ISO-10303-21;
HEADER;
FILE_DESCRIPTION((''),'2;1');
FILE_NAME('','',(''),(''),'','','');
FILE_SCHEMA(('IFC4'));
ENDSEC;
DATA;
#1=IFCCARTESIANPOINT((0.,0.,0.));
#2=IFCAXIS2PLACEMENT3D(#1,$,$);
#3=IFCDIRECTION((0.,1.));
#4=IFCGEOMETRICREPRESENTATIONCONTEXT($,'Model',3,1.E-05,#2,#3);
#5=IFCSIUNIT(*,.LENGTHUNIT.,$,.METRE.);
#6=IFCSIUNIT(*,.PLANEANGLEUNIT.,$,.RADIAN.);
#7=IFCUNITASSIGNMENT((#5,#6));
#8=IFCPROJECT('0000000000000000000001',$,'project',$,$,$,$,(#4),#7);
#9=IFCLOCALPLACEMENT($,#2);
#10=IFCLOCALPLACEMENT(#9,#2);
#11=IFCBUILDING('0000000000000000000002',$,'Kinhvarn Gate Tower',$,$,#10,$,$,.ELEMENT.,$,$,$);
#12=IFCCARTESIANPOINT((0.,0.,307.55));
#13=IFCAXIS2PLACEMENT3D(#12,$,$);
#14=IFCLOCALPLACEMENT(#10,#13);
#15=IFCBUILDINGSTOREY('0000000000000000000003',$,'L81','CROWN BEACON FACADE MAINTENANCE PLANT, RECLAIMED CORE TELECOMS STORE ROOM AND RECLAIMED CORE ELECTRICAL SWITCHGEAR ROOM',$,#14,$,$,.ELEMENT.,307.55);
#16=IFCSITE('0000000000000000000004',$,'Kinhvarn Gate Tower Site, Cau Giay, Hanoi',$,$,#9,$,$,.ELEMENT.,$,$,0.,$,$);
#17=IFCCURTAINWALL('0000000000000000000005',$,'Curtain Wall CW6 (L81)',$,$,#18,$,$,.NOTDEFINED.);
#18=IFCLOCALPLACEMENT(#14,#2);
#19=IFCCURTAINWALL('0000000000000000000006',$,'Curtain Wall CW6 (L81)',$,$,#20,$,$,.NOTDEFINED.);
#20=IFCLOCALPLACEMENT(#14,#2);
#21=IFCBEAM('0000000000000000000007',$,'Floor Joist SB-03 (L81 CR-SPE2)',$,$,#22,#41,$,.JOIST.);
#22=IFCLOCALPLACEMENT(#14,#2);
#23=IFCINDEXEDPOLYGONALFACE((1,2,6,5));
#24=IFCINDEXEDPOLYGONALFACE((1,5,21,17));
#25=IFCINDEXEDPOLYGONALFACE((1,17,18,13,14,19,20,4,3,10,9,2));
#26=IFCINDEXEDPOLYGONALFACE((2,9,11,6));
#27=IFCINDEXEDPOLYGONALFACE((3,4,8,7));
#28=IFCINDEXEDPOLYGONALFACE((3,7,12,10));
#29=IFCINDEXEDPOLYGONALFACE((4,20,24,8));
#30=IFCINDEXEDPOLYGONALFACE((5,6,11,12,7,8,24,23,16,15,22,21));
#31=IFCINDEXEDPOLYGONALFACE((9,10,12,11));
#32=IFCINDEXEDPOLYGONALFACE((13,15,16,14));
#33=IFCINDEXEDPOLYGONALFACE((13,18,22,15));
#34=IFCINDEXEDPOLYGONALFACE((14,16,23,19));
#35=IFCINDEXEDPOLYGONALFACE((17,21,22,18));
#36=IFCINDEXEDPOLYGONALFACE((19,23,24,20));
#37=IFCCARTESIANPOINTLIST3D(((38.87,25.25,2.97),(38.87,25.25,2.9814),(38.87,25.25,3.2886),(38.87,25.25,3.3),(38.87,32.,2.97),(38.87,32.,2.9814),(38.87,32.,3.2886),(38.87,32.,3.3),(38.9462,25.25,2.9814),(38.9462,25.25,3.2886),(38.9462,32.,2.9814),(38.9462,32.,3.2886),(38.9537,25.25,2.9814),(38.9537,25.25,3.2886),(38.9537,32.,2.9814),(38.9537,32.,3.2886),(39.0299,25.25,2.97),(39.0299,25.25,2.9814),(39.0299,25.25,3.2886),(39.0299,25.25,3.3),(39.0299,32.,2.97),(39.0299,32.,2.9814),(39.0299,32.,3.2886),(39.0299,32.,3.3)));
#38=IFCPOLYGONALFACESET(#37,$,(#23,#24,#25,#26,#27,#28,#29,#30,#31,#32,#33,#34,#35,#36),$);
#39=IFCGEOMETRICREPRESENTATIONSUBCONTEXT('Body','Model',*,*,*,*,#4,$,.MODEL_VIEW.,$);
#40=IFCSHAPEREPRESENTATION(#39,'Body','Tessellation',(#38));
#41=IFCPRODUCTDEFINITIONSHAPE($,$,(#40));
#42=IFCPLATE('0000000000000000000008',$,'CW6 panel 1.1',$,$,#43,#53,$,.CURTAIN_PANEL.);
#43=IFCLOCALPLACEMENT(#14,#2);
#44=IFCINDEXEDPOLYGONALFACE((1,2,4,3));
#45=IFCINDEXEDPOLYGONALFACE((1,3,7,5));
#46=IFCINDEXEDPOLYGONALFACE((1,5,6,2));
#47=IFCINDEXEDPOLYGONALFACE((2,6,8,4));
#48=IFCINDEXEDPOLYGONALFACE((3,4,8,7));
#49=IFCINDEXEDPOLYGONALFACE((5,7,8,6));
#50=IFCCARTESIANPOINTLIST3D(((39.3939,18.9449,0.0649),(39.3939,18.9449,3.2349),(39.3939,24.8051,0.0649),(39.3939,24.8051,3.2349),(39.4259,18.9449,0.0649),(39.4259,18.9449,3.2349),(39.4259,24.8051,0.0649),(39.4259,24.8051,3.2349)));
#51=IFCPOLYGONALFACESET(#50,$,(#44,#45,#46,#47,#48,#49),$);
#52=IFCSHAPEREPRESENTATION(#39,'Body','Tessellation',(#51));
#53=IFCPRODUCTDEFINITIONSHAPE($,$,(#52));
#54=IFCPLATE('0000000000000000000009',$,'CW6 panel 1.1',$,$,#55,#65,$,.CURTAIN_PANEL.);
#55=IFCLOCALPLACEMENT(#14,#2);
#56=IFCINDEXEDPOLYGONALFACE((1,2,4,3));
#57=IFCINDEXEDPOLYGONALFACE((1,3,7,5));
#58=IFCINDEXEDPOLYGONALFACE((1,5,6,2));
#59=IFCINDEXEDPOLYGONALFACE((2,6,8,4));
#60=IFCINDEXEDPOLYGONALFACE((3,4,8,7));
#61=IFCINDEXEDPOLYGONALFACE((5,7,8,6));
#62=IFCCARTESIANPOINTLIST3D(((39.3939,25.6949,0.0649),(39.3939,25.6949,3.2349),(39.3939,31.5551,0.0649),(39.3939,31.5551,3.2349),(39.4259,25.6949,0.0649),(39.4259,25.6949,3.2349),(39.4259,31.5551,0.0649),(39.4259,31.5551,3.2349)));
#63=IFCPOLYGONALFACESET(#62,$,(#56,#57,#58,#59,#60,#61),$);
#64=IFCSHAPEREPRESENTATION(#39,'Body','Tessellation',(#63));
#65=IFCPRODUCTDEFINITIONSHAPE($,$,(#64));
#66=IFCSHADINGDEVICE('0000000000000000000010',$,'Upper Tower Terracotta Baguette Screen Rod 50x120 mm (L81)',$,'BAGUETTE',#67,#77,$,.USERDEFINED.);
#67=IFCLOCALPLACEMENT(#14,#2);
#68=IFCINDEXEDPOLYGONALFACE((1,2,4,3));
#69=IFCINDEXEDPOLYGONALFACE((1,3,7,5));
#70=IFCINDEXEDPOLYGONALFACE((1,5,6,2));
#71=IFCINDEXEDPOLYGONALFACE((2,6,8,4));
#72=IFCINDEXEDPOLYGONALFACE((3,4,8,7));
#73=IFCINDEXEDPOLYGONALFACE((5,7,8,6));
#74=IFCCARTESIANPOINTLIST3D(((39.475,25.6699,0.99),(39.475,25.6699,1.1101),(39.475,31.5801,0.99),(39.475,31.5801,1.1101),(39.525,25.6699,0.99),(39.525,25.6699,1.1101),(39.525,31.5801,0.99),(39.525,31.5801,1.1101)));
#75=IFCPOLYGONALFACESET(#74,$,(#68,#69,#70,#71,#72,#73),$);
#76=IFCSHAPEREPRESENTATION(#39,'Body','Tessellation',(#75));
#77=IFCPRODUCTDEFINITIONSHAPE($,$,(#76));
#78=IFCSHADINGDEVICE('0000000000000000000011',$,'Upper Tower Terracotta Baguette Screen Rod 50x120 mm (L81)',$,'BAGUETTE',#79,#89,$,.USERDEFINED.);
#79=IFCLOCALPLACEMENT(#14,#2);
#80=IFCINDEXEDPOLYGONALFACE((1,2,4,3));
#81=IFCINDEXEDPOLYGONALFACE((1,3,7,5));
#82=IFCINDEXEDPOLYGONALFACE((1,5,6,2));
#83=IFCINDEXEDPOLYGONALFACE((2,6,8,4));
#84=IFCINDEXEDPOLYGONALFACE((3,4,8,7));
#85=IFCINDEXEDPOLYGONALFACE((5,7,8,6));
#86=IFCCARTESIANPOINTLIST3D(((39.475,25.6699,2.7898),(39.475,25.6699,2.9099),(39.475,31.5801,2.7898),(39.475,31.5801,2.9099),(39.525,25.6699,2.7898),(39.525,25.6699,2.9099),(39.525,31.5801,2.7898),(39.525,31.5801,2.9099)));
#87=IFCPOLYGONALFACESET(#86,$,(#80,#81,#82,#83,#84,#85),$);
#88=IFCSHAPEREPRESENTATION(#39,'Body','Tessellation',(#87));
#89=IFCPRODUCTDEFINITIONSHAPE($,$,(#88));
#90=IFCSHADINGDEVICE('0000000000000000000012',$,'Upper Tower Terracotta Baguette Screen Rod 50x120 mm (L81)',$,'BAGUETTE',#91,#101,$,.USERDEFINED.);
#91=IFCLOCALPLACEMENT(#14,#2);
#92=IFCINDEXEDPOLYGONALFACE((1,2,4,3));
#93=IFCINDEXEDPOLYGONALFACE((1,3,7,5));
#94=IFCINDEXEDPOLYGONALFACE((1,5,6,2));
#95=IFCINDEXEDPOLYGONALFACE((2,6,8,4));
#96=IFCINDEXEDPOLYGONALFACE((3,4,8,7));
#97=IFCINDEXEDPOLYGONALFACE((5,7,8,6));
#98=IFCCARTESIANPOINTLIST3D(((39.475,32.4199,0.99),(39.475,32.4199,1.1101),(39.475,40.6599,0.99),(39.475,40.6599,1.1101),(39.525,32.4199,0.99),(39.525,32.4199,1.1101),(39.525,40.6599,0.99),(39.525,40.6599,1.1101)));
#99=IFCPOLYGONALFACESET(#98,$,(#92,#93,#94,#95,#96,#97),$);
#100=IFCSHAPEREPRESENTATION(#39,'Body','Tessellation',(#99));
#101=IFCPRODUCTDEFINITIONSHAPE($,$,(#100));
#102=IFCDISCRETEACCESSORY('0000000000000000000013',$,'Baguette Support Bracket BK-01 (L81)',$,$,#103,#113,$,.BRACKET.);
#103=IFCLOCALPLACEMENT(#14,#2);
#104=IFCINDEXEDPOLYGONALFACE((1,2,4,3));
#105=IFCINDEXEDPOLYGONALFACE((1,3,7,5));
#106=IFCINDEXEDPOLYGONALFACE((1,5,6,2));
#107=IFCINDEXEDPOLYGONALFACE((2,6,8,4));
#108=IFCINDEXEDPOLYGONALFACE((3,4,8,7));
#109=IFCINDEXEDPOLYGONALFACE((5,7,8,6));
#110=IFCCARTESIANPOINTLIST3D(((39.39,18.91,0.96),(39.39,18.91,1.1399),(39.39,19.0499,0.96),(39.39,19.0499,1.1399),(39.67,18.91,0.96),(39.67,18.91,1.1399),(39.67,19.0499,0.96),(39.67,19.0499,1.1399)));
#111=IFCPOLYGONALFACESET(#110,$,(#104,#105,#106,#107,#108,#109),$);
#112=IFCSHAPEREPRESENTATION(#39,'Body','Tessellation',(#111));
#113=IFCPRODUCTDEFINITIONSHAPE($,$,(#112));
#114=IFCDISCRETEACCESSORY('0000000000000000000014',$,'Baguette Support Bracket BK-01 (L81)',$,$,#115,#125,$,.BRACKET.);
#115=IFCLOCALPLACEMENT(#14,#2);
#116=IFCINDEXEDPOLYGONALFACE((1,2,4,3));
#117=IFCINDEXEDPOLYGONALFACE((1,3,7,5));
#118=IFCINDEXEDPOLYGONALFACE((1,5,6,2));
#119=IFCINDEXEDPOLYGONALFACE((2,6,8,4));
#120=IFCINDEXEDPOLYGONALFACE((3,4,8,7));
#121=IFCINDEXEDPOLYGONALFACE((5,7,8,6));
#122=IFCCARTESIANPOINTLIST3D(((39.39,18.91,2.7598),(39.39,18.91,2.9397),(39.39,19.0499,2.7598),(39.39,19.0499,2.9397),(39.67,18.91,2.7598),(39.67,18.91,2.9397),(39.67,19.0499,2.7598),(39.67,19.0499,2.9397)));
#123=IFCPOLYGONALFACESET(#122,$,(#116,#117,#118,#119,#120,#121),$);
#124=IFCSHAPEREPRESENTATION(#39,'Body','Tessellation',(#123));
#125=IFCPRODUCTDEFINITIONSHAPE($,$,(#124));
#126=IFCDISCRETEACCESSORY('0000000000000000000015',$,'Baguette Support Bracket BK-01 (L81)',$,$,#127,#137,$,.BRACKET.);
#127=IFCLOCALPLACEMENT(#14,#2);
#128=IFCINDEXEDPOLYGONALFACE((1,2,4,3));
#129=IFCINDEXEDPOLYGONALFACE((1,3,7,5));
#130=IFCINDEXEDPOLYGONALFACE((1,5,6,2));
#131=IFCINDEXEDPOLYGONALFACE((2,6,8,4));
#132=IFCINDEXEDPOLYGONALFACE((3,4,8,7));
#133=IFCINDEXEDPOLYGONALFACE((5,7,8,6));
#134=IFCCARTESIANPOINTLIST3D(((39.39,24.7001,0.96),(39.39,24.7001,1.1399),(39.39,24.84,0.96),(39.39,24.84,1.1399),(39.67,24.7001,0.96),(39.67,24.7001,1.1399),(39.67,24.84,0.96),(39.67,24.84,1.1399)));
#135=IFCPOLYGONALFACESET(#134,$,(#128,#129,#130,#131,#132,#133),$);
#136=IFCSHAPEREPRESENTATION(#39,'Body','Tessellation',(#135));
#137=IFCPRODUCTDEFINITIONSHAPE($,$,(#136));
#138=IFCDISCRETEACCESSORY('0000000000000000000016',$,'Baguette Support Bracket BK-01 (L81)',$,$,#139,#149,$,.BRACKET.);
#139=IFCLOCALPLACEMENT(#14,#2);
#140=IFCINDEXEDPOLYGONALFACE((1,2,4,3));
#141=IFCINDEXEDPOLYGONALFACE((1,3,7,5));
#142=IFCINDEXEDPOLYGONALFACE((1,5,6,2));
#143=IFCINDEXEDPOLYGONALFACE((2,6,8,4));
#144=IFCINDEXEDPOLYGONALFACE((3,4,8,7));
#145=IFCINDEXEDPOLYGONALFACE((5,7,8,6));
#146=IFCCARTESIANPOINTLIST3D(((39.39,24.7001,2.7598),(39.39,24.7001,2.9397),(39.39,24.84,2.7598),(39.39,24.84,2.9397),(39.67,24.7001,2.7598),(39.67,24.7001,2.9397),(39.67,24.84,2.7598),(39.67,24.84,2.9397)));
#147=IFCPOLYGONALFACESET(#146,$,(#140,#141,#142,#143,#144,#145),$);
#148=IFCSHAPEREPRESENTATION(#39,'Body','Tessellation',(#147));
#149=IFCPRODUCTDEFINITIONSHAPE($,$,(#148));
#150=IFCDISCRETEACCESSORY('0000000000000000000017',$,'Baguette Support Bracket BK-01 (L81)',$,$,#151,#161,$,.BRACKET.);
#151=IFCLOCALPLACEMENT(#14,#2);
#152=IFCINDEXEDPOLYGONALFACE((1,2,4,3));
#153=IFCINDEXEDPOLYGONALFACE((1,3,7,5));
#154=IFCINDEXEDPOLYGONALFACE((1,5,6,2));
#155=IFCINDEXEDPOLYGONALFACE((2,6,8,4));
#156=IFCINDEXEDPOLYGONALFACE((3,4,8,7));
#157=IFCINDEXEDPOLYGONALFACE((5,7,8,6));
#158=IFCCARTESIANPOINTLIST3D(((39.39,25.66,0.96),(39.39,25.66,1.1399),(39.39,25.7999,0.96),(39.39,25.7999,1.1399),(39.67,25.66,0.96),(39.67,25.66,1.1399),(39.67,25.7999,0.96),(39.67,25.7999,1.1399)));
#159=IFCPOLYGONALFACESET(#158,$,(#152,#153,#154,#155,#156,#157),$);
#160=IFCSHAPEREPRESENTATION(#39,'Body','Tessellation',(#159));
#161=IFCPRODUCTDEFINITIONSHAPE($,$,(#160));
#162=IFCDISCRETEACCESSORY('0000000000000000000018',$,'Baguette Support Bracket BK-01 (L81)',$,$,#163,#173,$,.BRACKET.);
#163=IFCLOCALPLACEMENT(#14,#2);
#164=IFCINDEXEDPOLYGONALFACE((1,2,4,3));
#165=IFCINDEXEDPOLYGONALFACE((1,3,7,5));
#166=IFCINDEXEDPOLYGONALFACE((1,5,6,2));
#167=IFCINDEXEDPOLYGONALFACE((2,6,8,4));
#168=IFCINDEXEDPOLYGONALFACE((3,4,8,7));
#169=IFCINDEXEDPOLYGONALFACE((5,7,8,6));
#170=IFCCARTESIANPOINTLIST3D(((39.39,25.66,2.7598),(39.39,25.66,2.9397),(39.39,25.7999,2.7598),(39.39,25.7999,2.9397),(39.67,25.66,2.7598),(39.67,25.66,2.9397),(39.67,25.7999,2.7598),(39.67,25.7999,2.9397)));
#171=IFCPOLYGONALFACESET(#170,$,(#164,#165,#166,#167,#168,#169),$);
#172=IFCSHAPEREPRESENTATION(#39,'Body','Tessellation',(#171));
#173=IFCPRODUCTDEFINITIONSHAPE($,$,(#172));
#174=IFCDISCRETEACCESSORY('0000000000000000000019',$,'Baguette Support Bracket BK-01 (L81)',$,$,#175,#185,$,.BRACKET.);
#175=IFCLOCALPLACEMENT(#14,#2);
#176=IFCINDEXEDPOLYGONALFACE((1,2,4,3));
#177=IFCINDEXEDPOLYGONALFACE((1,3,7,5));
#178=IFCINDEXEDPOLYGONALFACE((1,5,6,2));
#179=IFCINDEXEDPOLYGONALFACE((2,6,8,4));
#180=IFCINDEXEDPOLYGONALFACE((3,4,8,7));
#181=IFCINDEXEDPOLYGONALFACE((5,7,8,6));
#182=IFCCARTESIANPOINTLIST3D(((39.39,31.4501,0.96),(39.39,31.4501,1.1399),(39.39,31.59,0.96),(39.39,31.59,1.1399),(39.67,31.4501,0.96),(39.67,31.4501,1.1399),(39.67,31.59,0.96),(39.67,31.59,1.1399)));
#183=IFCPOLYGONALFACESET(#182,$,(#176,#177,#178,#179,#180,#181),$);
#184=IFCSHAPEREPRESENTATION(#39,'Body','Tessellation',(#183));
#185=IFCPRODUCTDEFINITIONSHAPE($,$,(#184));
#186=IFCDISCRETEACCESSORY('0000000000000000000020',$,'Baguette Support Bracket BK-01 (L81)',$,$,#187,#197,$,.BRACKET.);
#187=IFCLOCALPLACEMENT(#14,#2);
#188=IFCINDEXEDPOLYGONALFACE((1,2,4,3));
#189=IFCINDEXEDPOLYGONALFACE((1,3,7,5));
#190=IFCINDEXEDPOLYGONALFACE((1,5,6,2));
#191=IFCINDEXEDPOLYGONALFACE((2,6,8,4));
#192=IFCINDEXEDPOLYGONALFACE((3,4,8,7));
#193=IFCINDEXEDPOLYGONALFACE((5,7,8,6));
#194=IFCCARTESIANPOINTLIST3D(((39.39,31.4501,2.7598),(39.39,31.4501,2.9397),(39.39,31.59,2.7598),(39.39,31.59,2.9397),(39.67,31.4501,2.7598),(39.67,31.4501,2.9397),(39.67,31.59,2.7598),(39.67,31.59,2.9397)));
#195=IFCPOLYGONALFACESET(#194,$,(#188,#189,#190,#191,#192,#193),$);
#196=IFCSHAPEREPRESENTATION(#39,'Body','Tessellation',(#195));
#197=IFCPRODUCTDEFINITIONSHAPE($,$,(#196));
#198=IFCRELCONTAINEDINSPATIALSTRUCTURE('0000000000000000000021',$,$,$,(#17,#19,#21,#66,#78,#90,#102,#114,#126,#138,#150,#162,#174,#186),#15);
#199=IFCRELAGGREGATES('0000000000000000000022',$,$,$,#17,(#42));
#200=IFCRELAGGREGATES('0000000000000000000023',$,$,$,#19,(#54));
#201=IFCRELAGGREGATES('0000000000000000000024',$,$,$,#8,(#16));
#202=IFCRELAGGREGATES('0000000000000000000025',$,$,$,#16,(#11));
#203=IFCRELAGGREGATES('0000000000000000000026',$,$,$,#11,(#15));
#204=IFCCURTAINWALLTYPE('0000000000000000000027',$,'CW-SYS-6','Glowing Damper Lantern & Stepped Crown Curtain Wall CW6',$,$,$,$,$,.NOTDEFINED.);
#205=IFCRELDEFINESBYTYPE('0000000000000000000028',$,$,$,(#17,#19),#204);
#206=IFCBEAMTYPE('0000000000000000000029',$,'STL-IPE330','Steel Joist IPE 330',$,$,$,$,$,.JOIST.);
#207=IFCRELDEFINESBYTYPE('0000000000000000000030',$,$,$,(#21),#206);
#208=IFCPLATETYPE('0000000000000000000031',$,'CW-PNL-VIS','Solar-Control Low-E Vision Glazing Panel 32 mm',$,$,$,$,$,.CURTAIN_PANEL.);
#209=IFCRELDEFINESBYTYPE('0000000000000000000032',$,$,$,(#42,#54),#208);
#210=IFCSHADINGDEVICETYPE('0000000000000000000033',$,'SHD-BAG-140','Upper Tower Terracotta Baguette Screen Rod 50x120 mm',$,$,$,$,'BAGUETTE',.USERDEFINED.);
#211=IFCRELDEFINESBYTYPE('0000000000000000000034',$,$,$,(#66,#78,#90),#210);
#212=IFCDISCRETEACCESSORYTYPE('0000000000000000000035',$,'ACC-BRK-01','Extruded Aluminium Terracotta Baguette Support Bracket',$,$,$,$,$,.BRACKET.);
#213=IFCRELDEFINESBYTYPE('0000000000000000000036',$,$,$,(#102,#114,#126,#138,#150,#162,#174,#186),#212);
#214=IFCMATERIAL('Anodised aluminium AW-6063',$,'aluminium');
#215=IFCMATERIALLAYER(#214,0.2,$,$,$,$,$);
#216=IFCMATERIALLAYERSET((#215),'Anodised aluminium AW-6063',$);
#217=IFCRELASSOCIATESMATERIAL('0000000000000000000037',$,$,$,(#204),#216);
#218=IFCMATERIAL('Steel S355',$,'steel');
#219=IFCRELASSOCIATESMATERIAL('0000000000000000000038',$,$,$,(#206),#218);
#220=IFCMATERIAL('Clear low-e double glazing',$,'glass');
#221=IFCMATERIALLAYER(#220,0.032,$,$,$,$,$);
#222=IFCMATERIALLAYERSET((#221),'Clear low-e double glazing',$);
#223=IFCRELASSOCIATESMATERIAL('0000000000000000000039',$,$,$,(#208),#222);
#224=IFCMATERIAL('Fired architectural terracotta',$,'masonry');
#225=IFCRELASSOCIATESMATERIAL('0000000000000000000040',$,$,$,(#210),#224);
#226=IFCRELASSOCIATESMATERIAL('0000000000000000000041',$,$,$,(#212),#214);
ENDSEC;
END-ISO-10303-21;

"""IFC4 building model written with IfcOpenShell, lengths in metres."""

from ifc_helpers import new_model, si_unit, direction, frame, origin, origin_2d, place, context, subcontext, project, spatial, rectangle, i_section, extrude, material, layer, layer_set, material_profile, profile_set, type_object, element, aggregate, save


model = new_model("IFC4")

# Units and contexts
model_context = context("Model", 3, precision=1e-05, world=origin(), true_north=direction((0.0, 1.0)))
body_context = subcontext(model_context, "Body", "Model", "MODEL_VIEW")
ifc_project = project(units=[si_unit("LENGTHUNIT", "METRE"), si_unit("PLANEANGLEUNIT", "RADIAN")], contexts=[model_context])

# Site, building, storey
site_placement = place(None, origin())
site = spatial("IfcSite", under=ifc_project, at=site_placement, Name="Kinhvarn Gate Tower Site, Cau Giay, Hanoi", CompositionType="ELEMENT", RefElevation=0.0)
building_placement = place(site_placement, origin())
building = spatial("IfcBuilding", under=site, at=building_placement, Name="Kinhvarn Gate Tower", CompositionType="ELEMENT")
storey_placement = place(building_placement, frame((0.0, 0.0, 307.55)))
storey = spatial("IfcBuildingStorey", under=building, at=storey_placement, Name="L81", Description="CROWN BEACON FACADE MAINTENANCE PLANT, RECLAIMED CORE TELECOMS STORE ROOM AND RECLAIMED CORE ELECTRICAL SWITCHGEAR ROOM", CompositionType="ELEMENT", Elevation=307.55)

# Curtain wall
ifc_material_1 = material(Name="Anodised aluminium AW-6063", Category="aluminium")
ifc_layer_1 = layer(ifc_material_1, 0.2)
ifc_layer_set_1 = layer_set([ifc_layer_1], Name="Anodised aluminium AW-6063")
curtain_wall_type = type_object("IfcCurtainWallType", Name="CW-SYS-6", Description="Glowing Damper Lantern & Stepped Crown Curtain Wall CW6", PredefinedType="NOTDEFINED", material=ifc_layer_set_1)
curtain_wall_1_placement = place(storey_placement, origin())
curtain_wall_1 = element("IfcCurtainWall", 1, at=curtain_wall_1_placement, inside=storey, type_object=curtain_wall_type, Name="Curtain Wall CW6 (L81)", PredefinedType="NOTDEFINED")

# Curtain wall
curtain_wall_2_placement = place(storey_placement, origin())
curtain_wall_2 = element("IfcCurtainWall", 2, at=curtain_wall_2_placement, inside=storey, type_object=curtain_wall_type, Name="Curtain Wall CW6 (L81)", PredefinedType="NOTDEFINED")

# Shared definitions
ifc_material_2 = material(Name="Steel S355", Category="steel")

# Beam
ifc_material_profile_1 = material_profile(ifc_material_2, i_section(OverallWidth=0.1599, OverallDepth=0.3301, WebThickness=0.0076, FlangeThickness=0.0115, at=origin_2d()), Name="IPE 330")
ifc_profile_set_1 = profile_set([ifc_material_profile_1], Name="Steel S355")
beam_type_1 = type_object("IfcBeamType", Name="STL-IPE330", Description="Steel Joist IPE 330", PredefinedType="JOIST", material=ifc_profile_set_1)
beam_1_placement = place(storey_placement, frame((38.95, 25.25, 3.135), z_axis=(0.0, 1.0, 0.0), x_axis=(-1.0, 0.0, 0.0)))
element("IfcBeam", 3, at=beam_1_placement, inside=storey, type_object=beam_type_1, Name="Floor Joist SB-03 (L81 CR-SPE2)", PredefinedType="JOIST", context=body_context, shape_type="SweptSolid", body=[
    extrude(i_section(OverallWidth=0.1599, OverallDepth=0.3301, WebThickness=0.0076, FlangeThickness=0.0115, at=origin_2d()), origin(), (0.0, 0.0, 1.0), 6.75),
])

# Plates
ifc_material_3 = material(Name="Clear low-e double glazing", Category="glass")
ifc_layer_2 = layer(ifc_material_3, 0.032)
ifc_layer_set_2 = layer_set([ifc_layer_2], Name="Clear low-e double glazing")
plate_type = type_object("IfcPlateType", Name="CW-PNL-VIS", Description="Solar-Control Low-E Vision Glazing Panel 32 mm", PredefinedType="CURTAIN_PANEL", material=ifc_layer_set_2)
plate_1_placement = place(storey_placement, frame((39.4099, 21.875, 0.0649), z_axis=(0.0, 0.0, 1.0), x_axis=(0.0, 1.0, 0.0)))
plate_1 = element("IfcPlate", 4, at=plate_1_placement, type_object=plate_type, Name="CW6 panel 1.1", PredefinedType="CURTAIN_PANEL", context=body_context, shape_type="SweptSolid", body=[
    extrude(rectangle(XDim=5.8601, YDim=0.032, at=origin_2d()), origin(), (0.0, 0.0, 1.0), 3.1699),
])
aggregate(curtain_wall_1, [plate_1])
plate_2_placement = place(storey_placement, frame((39.4099, 28.625, 0.0649), z_axis=(0.0, 0.0, 1.0), x_axis=(0.0, 1.0, 0.0)))
plate_2 = element("IfcPlate", 5, at=plate_2_placement, type_object=plate_type, Name="CW6 panel 1.1", PredefinedType="CURTAIN_PANEL", context=body_context, shape_type="SweptSolid", body=[
    extrude(rectangle(XDim=5.8601, YDim=0.032, at=origin_2d()), origin(), (0.0, 0.0, 1.0), 3.1699),
])
aggregate(curtain_wall_2, [plate_2])

# Shading devices
ifc_material_4 = material(Name="Fired architectural terracotta", Category="masonry")
ifc_material_profile_2 = material_profile(ifc_material_4, rectangle(XDim=0.05, YDim=0.1201, at=origin_2d()), Name="TC 50x120")
ifc_profile_set_2 = profile_set([ifc_material_profile_2], Name="Fired architectural terracotta")
shading_device_type = type_object("IfcShadingDeviceType", Name="SHD-BAG-140", Description="Upper Tower Terracotta Baguette Screen Rod 50x120 mm", ElementType="BAGUETTE", PredefinedType="USERDEFINED", material=ifc_profile_set_2)
for number, where, z_axis, x_axis, name in (
    (6, (39.5, 25.6699, 1.05), (0.0, 1.0, 0.0), (-1.0, 0.0, 0.0), "Upper Tower Terracotta Baguette Screen Rod 50x120 mm (L81)"),
    (7, (39.5, 25.6699, 2.8499), (0.0, 1.0, 0.0), (-1.0, 0.0, 0.0), "Upper Tower Terracotta Baguette Screen Rod 50x120 mm (L81)"),
):
    element("IfcShadingDevice", number, at=place(storey_placement, frame(where, z_axis=z_axis, x_axis=x_axis)), inside=storey, type_object=shading_device_type, Name=name, ObjectType="BAGUETTE", PredefinedType="USERDEFINED", context=body_context, shape_type="SweptSolid", body=[
        extrude(rectangle(XDim=0.05, YDim=0.1201, at=origin_2d()), origin(), (0.0, 0.0, 1.0), 5.9102),
    ])
shading_device_placement = place(storey_placement, frame((39.5, 32.4199, 1.05), z_axis=(0.0, 1.0, 0.0), x_axis=(-1.0, 0.0, 0.0)))
element("IfcShadingDevice", 8, at=shading_device_placement, inside=storey, type_object=shading_device_type, Name="Upper Tower Terracotta Baguette Screen Rod 50x120 mm (L81)", ObjectType="BAGUETTE", PredefinedType="USERDEFINED", context=body_context, shape_type="SweptSolid", body=[
    extrude(rectangle(XDim=0.05, YDim=0.1201, at=origin_2d()), origin(), (0.0, 0.0, 1.0), 8.24),
])

# Discrete accessories
discrete_accessory_type = type_object("IfcDiscreteAccessoryType", Name="ACC-BRK-01", Description="Extruded Aluminium Terracotta Baguette Support Bracket", PredefinedType="BRACKET", material=ifc_material_1)
for number, where, z_axis, x_axis, name in (
    (9, (39.53, 18.98, 0.96), (0.0, 0.0, 1.0), (0.0, 1.0, 0.0), "Baguette Support Bracket BK-01 (L81)"),
    (10, (39.53, 18.98, 2.7598), (0.0, 0.0, 1.0), (0.0, 1.0, 0.0), "Baguette Support Bracket BK-01 (L81)"),
    (11, (39.53, 24.77, 0.96), (0.0, 0.0, 1.0), (0.0, 1.0, 0.0), "Baguette Support Bracket BK-01 (L81)"),
    (12, (39.53, 24.77, 2.7598), (0.0, 0.0, 1.0), (0.0, 1.0, 0.0), "Baguette Support Bracket BK-01 (L81)"),
    (13, (39.53, 25.73, 0.96), (0.0, 0.0, 1.0), (0.0, 1.0, 0.0), "Baguette Support Bracket BK-01 (L81)"),
    (14, (39.53, 25.73, 2.7598), (0.0, 0.0, 1.0), (0.0, 1.0, 0.0), "Baguette Support Bracket BK-01 (L81)"),
    (15, (39.53, 31.52, 0.96), (0.0, 0.0, 1.0), (0.0, 1.0, 0.0), "Baguette Support Bracket BK-01 (L81)"),
    (16, (39.53, 31.52, 2.7598), (0.0, 0.0, 1.0), (0.0, 1.0, 0.0), "Baguette Support Bracket BK-01 (L81)"),
):
    element("IfcDiscreteAccessory", number, at=place(storey_placement, frame(where, z_axis=z_axis, x_axis=x_axis)), inside=storey, type_object=discrete_accessory_type, Name=name, PredefinedType="BRACKET", context=body_context, shape_type="SweptSolid", body=[
        extrude(rectangle(XDim=0.1399, YDim=0.28, at=origin_2d()), origin(), (0.0, 0.0, 1.0), 0.1799),
    ])

save(model, "model.ifc")
